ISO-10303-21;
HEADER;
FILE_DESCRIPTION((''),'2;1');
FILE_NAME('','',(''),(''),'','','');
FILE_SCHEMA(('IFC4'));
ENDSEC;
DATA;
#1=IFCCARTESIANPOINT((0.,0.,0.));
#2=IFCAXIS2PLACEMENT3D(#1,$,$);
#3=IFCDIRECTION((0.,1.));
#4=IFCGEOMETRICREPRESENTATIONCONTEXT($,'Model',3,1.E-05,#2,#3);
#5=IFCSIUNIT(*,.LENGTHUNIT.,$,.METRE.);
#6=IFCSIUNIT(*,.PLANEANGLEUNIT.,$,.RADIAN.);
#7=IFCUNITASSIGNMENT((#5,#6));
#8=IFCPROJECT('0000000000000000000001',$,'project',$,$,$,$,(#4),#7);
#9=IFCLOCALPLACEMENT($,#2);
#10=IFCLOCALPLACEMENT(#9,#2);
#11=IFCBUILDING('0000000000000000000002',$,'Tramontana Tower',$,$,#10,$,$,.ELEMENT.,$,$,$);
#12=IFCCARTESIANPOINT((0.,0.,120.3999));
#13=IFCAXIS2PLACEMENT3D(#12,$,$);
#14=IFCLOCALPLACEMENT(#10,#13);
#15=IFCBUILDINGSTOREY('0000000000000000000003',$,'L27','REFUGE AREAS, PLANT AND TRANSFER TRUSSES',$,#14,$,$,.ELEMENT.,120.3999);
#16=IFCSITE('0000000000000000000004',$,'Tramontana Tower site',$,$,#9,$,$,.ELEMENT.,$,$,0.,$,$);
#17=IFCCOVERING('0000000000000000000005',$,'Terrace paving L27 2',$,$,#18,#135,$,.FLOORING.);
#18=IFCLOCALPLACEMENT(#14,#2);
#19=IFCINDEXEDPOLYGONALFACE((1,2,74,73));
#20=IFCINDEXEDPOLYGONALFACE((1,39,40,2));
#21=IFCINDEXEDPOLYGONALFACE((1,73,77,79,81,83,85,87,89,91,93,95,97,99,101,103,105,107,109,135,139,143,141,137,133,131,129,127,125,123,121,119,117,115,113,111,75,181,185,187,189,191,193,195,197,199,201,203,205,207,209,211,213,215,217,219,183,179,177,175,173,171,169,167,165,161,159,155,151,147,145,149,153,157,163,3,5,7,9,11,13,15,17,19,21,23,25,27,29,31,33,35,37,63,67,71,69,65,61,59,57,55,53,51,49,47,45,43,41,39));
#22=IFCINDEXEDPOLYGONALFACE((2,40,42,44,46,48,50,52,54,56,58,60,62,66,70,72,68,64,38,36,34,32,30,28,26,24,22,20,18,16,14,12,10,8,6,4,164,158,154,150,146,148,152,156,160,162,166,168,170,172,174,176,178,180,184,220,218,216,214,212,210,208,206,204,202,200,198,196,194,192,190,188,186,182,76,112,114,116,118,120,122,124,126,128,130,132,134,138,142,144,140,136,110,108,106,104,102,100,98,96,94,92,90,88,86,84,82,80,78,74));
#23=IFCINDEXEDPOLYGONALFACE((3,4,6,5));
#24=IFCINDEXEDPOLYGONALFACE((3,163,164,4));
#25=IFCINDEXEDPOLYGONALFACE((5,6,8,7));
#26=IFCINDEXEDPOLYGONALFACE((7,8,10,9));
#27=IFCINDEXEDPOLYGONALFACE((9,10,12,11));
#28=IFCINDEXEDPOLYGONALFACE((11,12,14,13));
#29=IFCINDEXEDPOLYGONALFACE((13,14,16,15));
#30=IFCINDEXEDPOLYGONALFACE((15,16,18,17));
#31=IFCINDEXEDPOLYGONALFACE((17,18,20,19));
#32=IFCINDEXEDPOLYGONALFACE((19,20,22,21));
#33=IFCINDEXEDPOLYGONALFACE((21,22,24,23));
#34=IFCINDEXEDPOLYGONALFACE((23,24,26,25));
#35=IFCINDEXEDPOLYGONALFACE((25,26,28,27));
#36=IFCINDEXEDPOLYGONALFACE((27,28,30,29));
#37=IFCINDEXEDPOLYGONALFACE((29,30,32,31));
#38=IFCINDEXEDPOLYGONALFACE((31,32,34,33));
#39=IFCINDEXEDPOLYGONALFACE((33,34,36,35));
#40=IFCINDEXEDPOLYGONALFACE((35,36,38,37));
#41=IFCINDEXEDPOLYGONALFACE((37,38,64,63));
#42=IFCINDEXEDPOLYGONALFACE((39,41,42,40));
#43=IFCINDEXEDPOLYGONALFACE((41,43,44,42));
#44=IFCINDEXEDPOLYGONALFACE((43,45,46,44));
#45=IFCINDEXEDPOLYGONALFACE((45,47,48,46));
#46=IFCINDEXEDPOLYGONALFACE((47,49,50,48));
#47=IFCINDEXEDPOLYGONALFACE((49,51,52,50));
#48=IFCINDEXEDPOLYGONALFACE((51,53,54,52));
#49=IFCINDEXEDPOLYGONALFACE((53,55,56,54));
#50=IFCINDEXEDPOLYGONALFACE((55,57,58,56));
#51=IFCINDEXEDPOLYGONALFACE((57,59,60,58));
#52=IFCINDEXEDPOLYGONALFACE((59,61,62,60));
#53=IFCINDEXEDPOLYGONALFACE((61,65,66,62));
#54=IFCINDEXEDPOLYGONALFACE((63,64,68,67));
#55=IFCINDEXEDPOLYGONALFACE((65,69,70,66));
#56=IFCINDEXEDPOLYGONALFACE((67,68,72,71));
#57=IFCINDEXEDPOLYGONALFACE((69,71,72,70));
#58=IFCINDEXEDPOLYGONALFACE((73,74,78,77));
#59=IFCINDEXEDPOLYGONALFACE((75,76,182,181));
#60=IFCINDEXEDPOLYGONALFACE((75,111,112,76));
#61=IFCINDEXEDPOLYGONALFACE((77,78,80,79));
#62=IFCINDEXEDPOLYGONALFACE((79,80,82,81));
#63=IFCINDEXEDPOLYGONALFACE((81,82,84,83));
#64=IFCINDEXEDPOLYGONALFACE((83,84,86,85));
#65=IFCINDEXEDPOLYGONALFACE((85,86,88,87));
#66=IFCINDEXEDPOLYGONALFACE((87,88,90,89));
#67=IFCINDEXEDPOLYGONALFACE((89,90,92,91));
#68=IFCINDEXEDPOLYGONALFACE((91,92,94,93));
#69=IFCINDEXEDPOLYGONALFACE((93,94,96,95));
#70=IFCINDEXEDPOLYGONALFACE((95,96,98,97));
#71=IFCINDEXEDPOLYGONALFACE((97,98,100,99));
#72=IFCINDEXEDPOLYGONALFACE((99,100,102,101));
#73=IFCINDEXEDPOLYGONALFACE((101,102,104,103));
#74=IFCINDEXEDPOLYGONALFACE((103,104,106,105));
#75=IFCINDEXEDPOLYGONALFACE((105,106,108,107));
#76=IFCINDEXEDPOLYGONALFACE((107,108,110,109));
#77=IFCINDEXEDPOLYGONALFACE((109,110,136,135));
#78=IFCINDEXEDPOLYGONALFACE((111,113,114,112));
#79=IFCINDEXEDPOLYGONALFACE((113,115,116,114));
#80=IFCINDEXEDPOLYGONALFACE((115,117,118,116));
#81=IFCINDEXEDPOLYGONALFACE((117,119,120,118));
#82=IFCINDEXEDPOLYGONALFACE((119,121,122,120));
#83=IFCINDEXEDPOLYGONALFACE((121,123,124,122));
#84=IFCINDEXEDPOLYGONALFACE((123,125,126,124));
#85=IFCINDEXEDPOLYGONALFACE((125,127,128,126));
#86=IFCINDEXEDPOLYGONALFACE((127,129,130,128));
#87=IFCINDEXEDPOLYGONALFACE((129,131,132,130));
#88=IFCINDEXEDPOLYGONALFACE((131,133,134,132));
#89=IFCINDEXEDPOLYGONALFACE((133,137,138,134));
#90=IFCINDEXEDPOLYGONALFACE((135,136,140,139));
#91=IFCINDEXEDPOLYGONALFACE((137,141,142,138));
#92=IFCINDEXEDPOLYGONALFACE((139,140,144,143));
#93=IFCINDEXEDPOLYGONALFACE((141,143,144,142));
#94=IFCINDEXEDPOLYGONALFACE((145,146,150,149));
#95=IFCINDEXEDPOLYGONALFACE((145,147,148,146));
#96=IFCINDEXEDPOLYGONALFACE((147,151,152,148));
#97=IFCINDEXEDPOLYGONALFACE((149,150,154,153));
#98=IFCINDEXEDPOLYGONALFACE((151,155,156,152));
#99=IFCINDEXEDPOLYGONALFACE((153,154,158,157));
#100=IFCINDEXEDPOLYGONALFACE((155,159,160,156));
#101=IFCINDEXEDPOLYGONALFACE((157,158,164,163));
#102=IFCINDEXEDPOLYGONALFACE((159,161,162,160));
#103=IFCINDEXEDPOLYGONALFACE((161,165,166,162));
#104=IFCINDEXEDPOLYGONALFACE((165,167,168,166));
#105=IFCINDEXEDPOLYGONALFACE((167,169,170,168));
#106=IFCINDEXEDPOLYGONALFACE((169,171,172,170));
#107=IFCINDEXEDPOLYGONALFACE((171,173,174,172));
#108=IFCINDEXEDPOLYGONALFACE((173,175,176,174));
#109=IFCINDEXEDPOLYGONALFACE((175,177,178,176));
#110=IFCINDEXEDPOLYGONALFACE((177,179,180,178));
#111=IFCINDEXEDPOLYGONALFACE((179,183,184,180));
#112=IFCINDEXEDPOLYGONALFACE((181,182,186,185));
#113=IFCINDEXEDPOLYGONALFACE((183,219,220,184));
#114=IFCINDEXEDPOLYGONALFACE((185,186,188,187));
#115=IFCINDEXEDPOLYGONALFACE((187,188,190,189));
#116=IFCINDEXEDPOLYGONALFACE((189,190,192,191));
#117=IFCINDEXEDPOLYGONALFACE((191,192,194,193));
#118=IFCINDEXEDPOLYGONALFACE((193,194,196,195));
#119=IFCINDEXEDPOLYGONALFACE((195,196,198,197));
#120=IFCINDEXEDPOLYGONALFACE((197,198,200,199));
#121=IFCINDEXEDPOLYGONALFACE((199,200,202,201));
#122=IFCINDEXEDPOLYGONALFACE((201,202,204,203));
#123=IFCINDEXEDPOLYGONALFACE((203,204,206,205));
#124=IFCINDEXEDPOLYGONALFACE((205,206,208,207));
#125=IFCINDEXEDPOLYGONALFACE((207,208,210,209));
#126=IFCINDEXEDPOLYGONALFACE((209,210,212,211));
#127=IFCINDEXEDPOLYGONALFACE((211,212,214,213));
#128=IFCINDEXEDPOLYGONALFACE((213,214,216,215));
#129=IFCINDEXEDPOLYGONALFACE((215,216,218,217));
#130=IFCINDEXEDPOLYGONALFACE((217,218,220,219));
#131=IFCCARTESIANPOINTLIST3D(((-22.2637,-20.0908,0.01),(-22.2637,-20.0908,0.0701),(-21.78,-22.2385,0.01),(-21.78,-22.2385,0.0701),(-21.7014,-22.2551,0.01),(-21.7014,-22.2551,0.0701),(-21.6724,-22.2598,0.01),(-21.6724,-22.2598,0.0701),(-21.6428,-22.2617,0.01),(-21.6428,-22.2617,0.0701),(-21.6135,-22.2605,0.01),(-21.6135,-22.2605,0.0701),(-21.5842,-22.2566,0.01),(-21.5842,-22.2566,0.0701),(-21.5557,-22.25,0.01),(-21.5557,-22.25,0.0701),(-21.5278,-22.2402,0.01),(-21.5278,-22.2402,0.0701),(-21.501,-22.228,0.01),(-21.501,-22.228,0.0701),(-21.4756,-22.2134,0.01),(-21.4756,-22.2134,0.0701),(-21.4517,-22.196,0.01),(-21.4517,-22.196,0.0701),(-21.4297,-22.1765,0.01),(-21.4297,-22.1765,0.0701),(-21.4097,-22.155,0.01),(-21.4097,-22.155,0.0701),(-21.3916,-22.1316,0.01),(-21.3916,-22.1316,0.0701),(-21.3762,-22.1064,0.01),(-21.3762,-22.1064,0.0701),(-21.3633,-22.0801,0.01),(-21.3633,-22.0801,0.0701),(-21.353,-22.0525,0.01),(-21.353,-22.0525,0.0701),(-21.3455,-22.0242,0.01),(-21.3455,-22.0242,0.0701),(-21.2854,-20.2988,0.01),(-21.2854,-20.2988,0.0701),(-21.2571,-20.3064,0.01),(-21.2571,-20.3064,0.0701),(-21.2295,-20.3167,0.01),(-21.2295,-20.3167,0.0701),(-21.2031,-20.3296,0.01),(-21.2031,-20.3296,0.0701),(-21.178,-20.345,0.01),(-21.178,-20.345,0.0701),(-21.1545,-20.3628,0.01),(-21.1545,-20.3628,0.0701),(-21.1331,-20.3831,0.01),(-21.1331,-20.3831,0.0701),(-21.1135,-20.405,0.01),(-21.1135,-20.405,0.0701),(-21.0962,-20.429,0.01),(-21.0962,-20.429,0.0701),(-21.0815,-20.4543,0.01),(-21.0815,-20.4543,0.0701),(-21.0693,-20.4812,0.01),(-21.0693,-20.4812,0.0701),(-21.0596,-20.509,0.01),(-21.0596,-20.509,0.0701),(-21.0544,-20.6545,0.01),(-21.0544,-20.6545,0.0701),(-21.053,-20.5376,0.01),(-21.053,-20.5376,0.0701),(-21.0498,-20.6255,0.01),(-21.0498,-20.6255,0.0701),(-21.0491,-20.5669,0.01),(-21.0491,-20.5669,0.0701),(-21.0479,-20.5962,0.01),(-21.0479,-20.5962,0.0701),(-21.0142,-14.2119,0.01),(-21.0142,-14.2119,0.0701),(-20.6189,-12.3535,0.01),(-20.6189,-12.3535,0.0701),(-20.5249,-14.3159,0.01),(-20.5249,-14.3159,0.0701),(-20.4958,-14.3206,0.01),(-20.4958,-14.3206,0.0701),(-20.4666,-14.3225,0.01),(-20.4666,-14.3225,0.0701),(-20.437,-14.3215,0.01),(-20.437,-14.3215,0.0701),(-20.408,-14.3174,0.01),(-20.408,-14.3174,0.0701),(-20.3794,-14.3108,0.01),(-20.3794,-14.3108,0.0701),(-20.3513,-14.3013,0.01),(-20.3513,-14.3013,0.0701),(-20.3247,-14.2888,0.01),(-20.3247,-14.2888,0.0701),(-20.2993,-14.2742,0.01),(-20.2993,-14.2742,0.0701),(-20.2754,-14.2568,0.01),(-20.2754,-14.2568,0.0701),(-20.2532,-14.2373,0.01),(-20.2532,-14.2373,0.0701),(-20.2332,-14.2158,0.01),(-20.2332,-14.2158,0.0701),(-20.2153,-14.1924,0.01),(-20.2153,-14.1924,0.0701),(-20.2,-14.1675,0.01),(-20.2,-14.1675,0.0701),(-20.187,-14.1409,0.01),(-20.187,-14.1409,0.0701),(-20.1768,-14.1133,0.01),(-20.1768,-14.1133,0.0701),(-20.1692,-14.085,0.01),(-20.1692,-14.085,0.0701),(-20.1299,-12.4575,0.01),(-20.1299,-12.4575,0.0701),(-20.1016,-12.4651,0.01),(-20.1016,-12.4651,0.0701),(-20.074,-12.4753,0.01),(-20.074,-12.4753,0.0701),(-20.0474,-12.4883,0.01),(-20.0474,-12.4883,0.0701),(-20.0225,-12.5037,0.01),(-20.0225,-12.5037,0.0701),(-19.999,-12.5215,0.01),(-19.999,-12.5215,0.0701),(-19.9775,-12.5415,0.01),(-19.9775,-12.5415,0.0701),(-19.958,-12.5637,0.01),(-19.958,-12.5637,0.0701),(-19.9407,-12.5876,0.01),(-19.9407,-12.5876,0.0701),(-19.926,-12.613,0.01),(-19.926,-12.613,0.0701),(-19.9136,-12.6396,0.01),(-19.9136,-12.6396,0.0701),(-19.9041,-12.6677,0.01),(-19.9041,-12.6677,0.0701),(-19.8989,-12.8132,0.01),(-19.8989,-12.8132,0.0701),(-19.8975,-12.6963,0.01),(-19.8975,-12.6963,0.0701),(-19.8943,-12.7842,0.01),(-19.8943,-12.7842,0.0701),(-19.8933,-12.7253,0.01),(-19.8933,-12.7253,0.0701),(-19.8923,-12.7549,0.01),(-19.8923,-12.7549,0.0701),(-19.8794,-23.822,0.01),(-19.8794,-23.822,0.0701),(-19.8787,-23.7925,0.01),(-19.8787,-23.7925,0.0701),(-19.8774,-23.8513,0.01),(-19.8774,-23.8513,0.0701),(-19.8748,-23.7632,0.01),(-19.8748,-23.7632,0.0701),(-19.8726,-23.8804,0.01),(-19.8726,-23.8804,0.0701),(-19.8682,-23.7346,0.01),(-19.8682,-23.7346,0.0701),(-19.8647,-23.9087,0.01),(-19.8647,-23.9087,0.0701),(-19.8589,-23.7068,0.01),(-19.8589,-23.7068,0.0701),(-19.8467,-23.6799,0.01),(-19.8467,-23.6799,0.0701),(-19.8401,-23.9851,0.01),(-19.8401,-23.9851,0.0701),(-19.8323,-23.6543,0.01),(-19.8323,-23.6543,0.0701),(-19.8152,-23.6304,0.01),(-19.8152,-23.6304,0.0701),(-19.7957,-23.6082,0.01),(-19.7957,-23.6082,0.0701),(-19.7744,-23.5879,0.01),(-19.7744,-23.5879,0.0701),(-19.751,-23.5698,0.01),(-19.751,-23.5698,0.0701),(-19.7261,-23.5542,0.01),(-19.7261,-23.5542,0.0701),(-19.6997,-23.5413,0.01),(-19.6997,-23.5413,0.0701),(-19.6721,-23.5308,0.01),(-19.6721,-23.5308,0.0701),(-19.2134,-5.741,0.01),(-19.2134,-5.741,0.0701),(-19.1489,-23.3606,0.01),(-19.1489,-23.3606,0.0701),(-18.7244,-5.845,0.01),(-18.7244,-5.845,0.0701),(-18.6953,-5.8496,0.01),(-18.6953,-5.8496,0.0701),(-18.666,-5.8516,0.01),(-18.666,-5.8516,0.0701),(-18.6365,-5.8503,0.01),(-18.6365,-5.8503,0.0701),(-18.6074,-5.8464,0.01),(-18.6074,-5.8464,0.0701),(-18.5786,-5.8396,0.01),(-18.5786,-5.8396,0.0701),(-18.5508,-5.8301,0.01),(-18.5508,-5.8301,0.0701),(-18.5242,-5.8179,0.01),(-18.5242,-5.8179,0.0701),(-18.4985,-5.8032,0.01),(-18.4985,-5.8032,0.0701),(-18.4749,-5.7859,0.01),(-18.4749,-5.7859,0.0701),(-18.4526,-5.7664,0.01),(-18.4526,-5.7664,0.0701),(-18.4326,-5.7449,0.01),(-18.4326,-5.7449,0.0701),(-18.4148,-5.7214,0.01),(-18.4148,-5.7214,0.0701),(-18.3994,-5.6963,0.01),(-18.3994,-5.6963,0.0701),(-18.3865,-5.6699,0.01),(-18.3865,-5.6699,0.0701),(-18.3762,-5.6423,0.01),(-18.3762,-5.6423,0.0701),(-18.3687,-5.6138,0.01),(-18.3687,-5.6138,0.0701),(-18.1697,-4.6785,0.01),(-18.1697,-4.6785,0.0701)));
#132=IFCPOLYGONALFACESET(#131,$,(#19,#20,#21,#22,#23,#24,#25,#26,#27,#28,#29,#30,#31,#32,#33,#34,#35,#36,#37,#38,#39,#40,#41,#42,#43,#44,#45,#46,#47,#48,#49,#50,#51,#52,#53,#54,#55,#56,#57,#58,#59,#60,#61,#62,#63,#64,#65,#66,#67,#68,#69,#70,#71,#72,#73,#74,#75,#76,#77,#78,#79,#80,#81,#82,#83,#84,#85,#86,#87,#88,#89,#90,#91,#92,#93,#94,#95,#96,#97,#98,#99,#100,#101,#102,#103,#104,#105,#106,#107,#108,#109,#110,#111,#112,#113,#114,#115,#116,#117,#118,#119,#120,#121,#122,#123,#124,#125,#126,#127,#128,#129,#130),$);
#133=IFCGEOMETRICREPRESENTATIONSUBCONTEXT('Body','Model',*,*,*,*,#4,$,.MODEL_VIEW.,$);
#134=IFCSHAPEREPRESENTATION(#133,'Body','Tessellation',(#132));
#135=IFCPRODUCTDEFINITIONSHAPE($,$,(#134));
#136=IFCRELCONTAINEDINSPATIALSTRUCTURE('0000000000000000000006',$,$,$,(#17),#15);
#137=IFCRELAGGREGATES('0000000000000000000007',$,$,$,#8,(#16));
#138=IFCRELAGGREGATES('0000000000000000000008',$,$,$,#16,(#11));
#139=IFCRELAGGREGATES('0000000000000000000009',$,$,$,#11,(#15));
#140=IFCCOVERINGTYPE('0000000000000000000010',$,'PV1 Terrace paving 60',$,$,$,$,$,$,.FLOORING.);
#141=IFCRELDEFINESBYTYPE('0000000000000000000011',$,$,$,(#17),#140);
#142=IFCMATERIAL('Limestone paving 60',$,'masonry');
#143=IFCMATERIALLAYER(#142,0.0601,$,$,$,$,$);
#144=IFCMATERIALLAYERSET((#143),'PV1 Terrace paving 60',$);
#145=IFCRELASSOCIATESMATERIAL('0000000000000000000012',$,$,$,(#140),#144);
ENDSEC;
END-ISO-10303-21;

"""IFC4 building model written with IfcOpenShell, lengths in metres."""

from ifc_helpers import new_model, si_unit, direction, frame, origin, place, context, subcontext, project, spatial, polyline, outline, extrude, material, layer, layer_set, type_object, element, save


model = new_model("IFC4")

# Units and contexts
model_context = context("Model", 3, precision=1e-05, world=origin(), true_north=direction((0.0, 1.0)))
body_context = subcontext(model_context, "Body", "Model", "MODEL_VIEW")
ifc_project = project(units=[si_unit("LENGTHUNIT", "METRE"), si_unit("PLANEANGLEUNIT", "RADIAN")], contexts=[model_context])

# Site, building, storey
site_placement = place(None, origin())
site = spatial("IfcSite", under=ifc_project, at=site_placement, Name="Tramontana Tower site", CompositionType="ELEMENT", RefElevation=0.0)
building_placement = place(site_placement, origin())
building = spatial("IfcBuilding", under=site, at=building_placement, Name="Tramontana Tower", CompositionType="ELEMENT")
storey_placement = place(building_placement, frame((0.0, 0.0, 120.3999)))
storey = spatial("IfcBuildingStorey", under=building, at=storey_placement, Name="L27", Description="REFUGE AREAS, PLANT AND TRANSFER TRUSSES", CompositionType="ELEMENT", Elevation=120.3999)

# Covering
ifc_material_1 = material(Name="Limestone paving 60", Category="masonry")
ifc_layer_1 = layer(ifc_material_1, 0.0601)
ifc_layer_set_1 = layer_set([ifc_layer_1], Name="PV1 Terrace paving 60")
covering_type_1 = type_object("IfcCoveringType", Name="PV1 Terrace paving 60", PredefinedType="FLOORING", material=ifc_layer_set_1)
covering_1_placement = place(storey_placement, frame((0.0, 0.0, 0.01)))
element("IfcCovering", 1, at=covering_1_placement, inside=storey, type_object=covering_type_1, Name="Terrace paving L27 2", PredefinedType="FLOORING", context=body_context, shape_type="SweptSolid", body=[
    extrude(outline(polyline([(-21.78, -22.2385), (-21.7014, -22.2551), (-21.6724, -22.2598), (-21.6428, -22.2617), (-21.6135, -22.2605), (-21.5842, -22.2566), (-21.5557, -22.25), (-21.5278, -22.2402), (-21.501, -22.228), (-21.4756, -22.2134), (-21.4517, -22.196), (-21.4297, -22.1765), (-21.4097, -22.155), (-21.3916, -22.1316), (-21.3762, -22.1064), (-21.3633, -22.0801), (-21.353, -22.0525), (-21.3455, -22.0242), (-21.0544, -20.6545), (-21.0498, -20.6255), (-21.0479, -20.5962), (-21.0491, -20.5669), (-21.053, -20.5376), (-21.0596, -20.509), (-21.0693, -20.4812), (-21.0815, -20.4543), (-21.0962, -20.429), (-21.1135, -20.405), (-21.1331, -20.3831), (-21.1545, -20.3628), (-21.178, -20.345), (-21.2031, -20.3296), (-21.2295, -20.3167), (-21.2571, -20.3064), (-21.2854, -20.2988), (-22.2637, -20.0908), (-21.0142, -14.2119), (-20.5249, -14.3159), (-20.4958, -14.3206), (-20.4666, -14.3225), (-20.437, -14.3215), (-20.408, -14.3174), (-20.3794, -14.3108), (-20.3513, -14.3013), (-20.3247, -14.2888), (-20.2993, -14.2742), (-20.2754, -14.2568), (-20.2532, -14.2373), (-20.2332, -14.2158), (-20.2153, -14.1924), (-20.2, -14.1675), (-20.187, -14.1409), (-20.1768, -14.1133), (-20.1692, -14.085), (-19.8989, -12.8132), (-19.8943, -12.7842), (-19.8923, -12.7549), (-19.8933, -12.7253), (-19.8975, -12.6963), (-19.9041, -12.6677), (-19.9136, -12.6396), (-19.926, -12.613), (-19.9407, -12.5876), (-19.958, -12.5637), (-19.9775, -12.5415), (-19.999, -12.5215), (-20.0225, -12.5037), (-20.0474, -12.4883), (-20.074, -12.4753), (-20.1016, -12.4651), (-20.1299, -12.4575), (-20.6189, -12.3535), (-19.2134, -5.741), (-18.7244, -5.845), (-18.6953, -5.8496), (-18.666, -5.8516), (-18.6365, -5.8503), (-18.6074, -5.8464), (-18.5786, -5.8396), (-18.5508, -5.8301), (-18.5242, -5.8179), (-18.4985, -5.8032), (-18.4749, -5.7859), (-18.4526, -5.7664), (-18.4326, -5.7449), (-18.4148, -5.7214), (-18.3994, -5.6963), (-18.3865, -5.6699), (-18.3762, -5.6423), (-18.3687, -5.6138), (-18.1697, -4.6785), (-19.1489, -23.3606), (-19.6721, -23.5308), (-19.6997, -23.5413), (-19.7261, -23.5542), (-19.751, -23.5698), (-19.7744, -23.5879), (-19.7957, -23.6082), (-19.8152, -23.6304), (-19.8323, -23.6543), (-19.8467, -23.6799), (-19.8589, -23.7068), (-19.8682, -23.7346), (-19.8748, -23.7632), (-19.8787, -23.7925), (-19.8794, -23.822), (-19.8774, -23.8513), (-19.8726, -23.8804), (-19.8647, -23.9087), (-19.8401, -23.9851), (-21.78, -22.2385)])), origin(), (0.0, 0.0, 1.0), 0.0601),
])

save(model, "model.ifc")
